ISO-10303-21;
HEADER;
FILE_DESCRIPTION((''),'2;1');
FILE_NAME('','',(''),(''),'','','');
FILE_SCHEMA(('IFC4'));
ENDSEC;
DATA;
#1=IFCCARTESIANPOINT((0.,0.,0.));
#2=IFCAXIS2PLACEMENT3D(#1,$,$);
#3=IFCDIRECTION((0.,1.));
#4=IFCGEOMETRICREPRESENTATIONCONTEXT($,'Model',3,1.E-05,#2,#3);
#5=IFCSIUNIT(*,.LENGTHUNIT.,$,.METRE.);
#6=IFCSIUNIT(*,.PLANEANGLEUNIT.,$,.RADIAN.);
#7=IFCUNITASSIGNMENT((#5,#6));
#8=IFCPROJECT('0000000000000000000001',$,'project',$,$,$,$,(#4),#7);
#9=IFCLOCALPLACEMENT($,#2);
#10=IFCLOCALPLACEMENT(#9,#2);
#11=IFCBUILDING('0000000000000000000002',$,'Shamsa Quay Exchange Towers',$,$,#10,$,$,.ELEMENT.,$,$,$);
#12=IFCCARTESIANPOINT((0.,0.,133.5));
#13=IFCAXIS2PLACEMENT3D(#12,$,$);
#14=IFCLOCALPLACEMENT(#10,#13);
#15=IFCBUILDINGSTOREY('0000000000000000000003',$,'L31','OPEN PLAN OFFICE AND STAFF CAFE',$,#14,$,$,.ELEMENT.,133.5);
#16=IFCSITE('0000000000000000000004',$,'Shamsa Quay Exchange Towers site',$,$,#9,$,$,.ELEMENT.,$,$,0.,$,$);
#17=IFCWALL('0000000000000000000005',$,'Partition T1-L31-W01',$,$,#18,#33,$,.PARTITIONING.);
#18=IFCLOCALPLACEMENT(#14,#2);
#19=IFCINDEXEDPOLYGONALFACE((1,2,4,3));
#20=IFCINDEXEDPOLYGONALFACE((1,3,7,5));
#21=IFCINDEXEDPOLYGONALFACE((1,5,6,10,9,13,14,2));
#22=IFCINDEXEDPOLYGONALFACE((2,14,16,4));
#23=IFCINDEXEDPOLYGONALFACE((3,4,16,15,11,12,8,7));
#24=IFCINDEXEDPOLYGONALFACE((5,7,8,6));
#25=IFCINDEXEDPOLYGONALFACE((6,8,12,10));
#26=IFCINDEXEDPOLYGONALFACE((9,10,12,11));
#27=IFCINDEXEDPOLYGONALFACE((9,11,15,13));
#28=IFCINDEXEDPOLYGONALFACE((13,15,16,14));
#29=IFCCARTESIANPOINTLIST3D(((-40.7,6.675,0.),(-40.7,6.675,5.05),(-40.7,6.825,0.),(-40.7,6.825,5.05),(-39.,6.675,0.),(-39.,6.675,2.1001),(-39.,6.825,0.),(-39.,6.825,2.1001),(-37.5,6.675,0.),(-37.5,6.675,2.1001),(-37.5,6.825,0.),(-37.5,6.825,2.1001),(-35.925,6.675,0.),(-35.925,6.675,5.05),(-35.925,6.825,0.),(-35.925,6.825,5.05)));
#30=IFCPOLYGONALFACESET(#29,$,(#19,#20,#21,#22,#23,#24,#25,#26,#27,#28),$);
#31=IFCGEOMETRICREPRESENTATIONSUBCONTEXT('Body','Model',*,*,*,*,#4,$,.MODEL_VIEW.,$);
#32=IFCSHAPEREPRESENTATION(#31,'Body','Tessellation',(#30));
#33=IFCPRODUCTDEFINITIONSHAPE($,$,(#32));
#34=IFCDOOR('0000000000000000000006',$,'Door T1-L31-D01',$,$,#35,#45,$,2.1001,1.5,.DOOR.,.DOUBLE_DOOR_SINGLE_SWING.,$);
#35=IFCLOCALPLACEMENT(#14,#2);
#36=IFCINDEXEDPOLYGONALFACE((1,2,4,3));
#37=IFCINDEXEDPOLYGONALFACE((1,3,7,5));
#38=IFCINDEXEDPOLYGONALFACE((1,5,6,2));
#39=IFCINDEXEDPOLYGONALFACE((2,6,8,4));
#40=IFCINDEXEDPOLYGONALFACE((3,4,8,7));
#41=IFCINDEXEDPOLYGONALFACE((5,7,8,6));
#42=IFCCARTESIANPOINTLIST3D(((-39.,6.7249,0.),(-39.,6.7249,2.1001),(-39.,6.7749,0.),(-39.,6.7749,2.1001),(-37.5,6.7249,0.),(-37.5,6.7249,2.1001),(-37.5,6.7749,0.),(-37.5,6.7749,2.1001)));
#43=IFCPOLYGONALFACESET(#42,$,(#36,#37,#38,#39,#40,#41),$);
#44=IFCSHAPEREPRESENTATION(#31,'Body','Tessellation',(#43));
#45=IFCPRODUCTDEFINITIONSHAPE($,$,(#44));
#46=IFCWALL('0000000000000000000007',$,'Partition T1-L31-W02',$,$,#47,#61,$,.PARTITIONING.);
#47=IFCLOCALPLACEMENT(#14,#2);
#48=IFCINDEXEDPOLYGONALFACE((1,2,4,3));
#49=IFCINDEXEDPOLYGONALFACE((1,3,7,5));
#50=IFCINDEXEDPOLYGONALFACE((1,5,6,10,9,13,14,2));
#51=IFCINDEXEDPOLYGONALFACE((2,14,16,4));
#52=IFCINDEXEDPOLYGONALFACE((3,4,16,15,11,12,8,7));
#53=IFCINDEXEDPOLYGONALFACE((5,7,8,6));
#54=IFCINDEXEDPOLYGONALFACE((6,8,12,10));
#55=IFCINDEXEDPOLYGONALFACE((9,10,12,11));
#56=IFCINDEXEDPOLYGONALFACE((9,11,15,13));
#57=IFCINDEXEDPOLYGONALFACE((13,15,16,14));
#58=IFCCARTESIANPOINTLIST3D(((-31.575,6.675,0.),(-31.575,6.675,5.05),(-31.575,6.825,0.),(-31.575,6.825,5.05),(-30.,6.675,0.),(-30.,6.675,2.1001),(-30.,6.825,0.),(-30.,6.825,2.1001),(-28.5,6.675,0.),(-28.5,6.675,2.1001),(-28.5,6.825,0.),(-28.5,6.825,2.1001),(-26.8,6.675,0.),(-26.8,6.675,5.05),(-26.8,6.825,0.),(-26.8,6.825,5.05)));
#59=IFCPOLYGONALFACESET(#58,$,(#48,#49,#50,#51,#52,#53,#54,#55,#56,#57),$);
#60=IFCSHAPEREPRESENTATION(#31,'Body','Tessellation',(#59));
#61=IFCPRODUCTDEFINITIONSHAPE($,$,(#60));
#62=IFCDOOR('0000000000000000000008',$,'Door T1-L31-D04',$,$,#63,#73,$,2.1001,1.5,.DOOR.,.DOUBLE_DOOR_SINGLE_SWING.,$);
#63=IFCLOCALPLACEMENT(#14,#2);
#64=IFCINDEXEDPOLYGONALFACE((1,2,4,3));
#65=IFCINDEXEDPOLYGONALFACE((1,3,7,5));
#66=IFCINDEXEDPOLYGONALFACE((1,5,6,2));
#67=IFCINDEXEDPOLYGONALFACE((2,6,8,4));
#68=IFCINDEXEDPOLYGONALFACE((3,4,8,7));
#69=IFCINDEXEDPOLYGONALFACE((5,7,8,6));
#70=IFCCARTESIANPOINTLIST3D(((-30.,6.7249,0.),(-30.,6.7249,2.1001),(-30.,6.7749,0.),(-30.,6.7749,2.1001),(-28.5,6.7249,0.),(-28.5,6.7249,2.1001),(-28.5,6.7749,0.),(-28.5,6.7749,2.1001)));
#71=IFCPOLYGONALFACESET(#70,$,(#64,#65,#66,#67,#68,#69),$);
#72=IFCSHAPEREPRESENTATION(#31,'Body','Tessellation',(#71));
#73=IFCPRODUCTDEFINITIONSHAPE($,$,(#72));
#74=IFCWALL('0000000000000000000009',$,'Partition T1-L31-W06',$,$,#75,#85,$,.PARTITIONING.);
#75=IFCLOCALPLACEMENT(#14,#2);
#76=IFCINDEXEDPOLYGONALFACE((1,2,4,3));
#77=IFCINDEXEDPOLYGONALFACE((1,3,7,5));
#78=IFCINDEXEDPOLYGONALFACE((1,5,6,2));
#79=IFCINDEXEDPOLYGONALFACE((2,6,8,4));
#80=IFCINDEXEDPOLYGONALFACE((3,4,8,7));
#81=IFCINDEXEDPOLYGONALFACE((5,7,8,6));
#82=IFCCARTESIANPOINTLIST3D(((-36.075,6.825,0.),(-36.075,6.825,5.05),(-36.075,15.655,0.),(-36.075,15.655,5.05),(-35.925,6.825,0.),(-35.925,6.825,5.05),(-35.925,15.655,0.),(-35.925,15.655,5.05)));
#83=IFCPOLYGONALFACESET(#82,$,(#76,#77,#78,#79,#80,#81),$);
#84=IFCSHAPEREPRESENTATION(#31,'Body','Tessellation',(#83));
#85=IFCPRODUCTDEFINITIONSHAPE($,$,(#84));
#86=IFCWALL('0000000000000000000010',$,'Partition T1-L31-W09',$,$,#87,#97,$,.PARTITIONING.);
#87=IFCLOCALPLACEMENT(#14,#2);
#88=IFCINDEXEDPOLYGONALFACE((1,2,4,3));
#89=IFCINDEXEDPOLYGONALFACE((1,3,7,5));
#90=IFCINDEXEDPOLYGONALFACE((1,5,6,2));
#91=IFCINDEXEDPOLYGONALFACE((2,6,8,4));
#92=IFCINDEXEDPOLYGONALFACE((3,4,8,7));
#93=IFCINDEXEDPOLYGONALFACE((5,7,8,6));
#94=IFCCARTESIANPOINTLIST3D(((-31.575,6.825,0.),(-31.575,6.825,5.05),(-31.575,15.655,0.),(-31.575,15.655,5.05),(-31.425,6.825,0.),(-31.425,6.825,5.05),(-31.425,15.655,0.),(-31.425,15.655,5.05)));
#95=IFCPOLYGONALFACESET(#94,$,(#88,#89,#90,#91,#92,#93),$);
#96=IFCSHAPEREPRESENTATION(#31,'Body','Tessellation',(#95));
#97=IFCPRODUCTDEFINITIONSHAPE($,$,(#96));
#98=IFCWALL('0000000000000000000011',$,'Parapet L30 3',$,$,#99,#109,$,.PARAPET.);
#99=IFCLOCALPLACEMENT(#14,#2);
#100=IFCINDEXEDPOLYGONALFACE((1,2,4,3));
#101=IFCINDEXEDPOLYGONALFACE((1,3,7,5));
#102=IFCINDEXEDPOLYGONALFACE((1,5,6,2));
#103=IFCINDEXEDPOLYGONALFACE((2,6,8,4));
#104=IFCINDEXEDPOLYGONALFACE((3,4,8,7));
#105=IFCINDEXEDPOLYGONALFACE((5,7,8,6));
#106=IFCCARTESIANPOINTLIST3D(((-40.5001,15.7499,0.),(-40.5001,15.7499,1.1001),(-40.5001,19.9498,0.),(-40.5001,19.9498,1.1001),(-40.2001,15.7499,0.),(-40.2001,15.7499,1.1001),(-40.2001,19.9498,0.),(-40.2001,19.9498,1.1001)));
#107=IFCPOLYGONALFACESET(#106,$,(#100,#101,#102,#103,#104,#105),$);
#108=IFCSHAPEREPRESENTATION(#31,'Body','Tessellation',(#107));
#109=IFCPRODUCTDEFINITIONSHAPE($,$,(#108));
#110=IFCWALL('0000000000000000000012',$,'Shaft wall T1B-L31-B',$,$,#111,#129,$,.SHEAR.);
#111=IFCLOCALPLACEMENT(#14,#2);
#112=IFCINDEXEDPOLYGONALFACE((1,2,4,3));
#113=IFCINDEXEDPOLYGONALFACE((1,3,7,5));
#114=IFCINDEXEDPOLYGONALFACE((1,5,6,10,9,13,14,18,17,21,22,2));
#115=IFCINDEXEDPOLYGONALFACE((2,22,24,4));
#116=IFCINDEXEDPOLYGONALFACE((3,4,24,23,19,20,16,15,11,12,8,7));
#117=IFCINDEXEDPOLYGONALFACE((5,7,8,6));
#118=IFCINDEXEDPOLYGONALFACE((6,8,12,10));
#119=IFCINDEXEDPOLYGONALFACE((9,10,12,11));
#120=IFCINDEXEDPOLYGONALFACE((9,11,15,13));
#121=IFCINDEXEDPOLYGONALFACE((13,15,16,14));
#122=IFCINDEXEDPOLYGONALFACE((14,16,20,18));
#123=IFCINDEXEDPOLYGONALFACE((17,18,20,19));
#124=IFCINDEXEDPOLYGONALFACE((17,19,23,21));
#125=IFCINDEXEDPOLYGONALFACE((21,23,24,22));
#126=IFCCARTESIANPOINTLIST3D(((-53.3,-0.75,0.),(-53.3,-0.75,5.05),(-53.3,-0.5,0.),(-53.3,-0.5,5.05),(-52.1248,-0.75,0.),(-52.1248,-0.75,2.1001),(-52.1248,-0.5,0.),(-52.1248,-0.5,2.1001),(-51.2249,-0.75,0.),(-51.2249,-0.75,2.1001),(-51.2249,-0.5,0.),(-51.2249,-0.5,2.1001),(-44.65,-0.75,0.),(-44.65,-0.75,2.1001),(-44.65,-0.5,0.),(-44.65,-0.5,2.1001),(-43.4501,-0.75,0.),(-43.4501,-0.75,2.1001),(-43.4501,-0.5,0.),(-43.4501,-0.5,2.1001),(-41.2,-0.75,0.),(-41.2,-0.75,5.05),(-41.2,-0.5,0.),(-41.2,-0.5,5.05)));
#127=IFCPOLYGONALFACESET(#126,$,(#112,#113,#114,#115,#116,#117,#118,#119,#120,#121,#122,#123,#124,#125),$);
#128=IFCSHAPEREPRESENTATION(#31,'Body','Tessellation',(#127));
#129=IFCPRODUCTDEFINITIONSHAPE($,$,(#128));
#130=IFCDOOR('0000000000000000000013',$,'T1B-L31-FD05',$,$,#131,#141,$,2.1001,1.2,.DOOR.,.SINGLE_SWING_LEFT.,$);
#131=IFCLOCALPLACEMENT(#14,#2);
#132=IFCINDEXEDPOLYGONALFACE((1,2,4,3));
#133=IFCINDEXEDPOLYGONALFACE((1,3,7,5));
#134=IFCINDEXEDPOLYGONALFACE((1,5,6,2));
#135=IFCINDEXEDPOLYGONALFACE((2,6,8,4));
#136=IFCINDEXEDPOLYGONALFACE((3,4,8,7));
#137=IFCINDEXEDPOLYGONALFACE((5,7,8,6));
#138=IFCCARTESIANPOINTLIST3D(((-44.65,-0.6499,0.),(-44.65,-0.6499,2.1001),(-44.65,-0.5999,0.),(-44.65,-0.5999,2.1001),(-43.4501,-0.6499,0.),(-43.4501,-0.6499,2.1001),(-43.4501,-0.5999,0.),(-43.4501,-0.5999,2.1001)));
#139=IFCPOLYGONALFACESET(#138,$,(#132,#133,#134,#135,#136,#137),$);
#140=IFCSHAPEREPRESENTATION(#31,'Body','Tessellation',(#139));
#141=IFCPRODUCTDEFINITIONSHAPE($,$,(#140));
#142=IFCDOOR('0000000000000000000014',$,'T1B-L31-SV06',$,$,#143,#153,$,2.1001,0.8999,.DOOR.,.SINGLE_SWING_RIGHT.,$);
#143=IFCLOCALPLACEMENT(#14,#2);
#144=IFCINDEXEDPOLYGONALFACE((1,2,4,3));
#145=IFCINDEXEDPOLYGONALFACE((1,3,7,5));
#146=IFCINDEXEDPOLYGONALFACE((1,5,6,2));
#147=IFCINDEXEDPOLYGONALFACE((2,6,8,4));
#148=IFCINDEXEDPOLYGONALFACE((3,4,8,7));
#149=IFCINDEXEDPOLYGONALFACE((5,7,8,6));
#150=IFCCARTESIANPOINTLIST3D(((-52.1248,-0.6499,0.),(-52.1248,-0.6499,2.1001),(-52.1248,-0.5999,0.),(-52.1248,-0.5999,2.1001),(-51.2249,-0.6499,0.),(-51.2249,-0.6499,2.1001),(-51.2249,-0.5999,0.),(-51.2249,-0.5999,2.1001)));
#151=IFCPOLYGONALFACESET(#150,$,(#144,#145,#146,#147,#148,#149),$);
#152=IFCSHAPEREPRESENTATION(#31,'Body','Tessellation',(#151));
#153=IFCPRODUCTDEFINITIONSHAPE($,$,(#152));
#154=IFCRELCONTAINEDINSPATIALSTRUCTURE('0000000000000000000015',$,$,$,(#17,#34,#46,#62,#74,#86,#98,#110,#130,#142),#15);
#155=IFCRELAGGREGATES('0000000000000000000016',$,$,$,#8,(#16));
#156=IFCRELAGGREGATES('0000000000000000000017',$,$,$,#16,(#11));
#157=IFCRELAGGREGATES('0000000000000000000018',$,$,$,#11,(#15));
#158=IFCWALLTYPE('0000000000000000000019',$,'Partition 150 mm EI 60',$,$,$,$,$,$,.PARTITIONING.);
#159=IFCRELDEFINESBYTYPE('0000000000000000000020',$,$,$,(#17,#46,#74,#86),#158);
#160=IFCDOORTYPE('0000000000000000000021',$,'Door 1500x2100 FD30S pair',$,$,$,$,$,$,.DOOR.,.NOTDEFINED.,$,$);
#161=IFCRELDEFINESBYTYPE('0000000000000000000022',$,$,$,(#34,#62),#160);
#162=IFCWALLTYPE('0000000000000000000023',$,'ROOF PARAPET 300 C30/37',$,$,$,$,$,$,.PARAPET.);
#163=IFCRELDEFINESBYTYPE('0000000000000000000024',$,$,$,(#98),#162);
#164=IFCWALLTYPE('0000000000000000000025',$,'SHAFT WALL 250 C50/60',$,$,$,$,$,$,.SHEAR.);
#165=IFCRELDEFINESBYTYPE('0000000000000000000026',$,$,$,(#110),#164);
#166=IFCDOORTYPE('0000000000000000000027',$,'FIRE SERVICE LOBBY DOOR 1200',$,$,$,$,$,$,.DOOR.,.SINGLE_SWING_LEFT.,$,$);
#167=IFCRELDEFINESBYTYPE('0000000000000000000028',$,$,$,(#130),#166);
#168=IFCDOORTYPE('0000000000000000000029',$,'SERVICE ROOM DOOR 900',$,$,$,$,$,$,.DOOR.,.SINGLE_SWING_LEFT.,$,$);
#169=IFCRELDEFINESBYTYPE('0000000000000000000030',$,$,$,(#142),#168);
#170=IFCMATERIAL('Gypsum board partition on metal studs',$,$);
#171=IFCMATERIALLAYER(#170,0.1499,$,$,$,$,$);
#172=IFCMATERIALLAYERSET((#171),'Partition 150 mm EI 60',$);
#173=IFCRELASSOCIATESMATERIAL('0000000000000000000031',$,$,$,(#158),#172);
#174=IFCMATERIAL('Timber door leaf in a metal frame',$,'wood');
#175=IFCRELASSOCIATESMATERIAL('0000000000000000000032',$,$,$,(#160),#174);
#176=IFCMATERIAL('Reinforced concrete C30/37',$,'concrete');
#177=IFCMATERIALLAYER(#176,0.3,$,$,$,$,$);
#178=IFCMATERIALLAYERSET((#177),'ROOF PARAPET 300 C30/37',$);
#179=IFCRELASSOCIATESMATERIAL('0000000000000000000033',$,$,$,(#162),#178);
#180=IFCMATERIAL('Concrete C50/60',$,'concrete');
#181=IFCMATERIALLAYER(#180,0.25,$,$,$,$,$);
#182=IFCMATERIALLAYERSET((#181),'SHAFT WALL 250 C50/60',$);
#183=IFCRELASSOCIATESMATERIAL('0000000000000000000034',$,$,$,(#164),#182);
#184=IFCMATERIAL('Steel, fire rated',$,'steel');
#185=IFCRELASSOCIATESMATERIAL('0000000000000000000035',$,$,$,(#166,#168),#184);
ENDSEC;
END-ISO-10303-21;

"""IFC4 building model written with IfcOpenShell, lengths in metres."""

from ifc_helpers import new_model, si_unit, direction, frame, frame_2d, origin, place, context, subcontext, project, spatial, rectangle, extrude, material, layer, layer_set, type_object, element, fill, save


model = new_model("IFC4")

# Units and contexts
model_context = context("Model", 3, precision=1e-05, world=origin(), true_north=direction((0.0, 1.0)))
body_context = subcontext(model_context, "Body", "Model", "MODEL_VIEW")
ifc_project = project(units=[si_unit("LENGTHUNIT", "METRE"), si_unit("PLANEANGLEUNIT", "RADIAN")], contexts=[model_context])

# Site, building, storey
site_placement = place(None, origin())
site = spatial("IfcSite", under=ifc_project, at=site_placement, Name="Shamsa Quay Exchange Towers site", CompositionType="ELEMENT", RefElevation=0.0)
building_placement = place(site_placement, origin())
building = spatial("IfcBuilding", under=site, at=building_placement, Name="Shamsa Quay Exchange Towers", CompositionType="ELEMENT")
storey_placement = place(building_placement, frame((0.0, 0.0, 133.5)))
storey = spatial("IfcBuildingStorey", under=building, at=storey_placement, Name="L31", Description="OPEN PLAN OFFICE AND STAFF CAFE", CompositionType="ELEMENT", Elevation=133.5)

# Shared definitions
ifc_material_1 = material(Name="Gypsum board partition on metal studs")
ifc_material_2 = material(Name="Timber door leaf in a metal frame", Category="wood")

# Walls, openings, doors
ifc_layer_1 = layer(ifc_material_1, 0.1499)
ifc_layer_set_1 = layer_set([ifc_layer_1], Name="Partition 150 mm EI 60")
wall_type_1 = type_object("IfcWallType", Name="Partition 150 mm EI 60", PredefinedType="PARTITIONING", material=ifc_layer_set_1)
wall_1_placement = place(storey_placement, frame((-40.7, 6.75, 0.0)))
wall_1 = element("IfcWall", 1, at=wall_1_placement, inside=storey, type_object=wall_type_1, Name="Partition T1-L31-W01", PredefinedType="PARTITIONING", context=body_context, shape_type="SweptSolid", body=[
    extrude(rectangle(XDim=4.7749, YDim=0.1499, at=frame_2d((2.3875, 0.0))), origin(), (0.0, 0.0, 1.0), 5.05),
])
opening_1_placement = place(wall_1_placement, frame((1.7, 0.0, 0.0)))
opening_1 = element("IfcOpeningElement", 2, at=opening_1_placement, cuts=wall_1, PredefinedType="OPENING", context=body_context, shape_type="SweptSolid", body=[
    extrude(rectangle(XDim=1.5, YDim=2.1001, at=frame_2d((0.75, 1.05))), frame((0.0, 0.085, 0.0), z_axis=(0.0, -1.0, 0.0), x_axis=(1.0, 0.0, 0.0)), (0.0, 0.0, 1.0), 0.1699),
])
door_type_1 = type_object("IfcDoorType", Name="Door 1500x2100 FD30S pair", OperationType="NOTDEFINED", PredefinedType="DOOR", material=ifc_material_2)
door_1_placement = place(opening_1_placement, origin())
door_1 = element("IfcDoor", 3, at=door_1_placement, inside=storey, type_object=door_type_1, Name="Door T1-L31-D01", OperationType="DOUBLE_DOOR_SINGLE_SWING", OverallHeight=2.1001, OverallWidth=1.5, PredefinedType="DOOR", context=body_context, shape_type="SweptSolid", body=[
    extrude(rectangle(XDim=1.5, YDim=2.1001, at=frame_2d((0.75, 1.05))), frame((0.0, 0.0249, 0.0), z_axis=(0.0, -1.0, 0.0), x_axis=(1.0, 0.0, 0.0)), (0.0, 0.0, 1.0), 0.05),
])
fill(opening_1, door_1)
wall_2_placement = place(storey_placement, frame((-31.575, 6.75, 0.0)))
wall_2 = element("IfcWall", 4, at=wall_2_placement, inside=storey, type_object=wall_type_1, Name="Partition T1-L31-W02", PredefinedType="PARTITIONING", context=body_context, shape_type="SweptSolid", body=[
    extrude(rectangle(XDim=4.7749, YDim=0.1499, at=frame_2d((2.3875, 0.0))), origin(), (0.0, 0.0, 1.0), 5.05),
])
opening_2_placement = place(wall_2_placement, frame((1.575, 0.0, 0.0)))
opening_2 = element("IfcOpeningElement", 5, at=opening_2_placement, cuts=wall_2, PredefinedType="OPENING", context=body_context, shape_type="SweptSolid", body=[
    extrude(rectangle(XDim=1.5, YDim=2.1001, at=frame_2d((0.75, 1.05))), frame((0.0, 0.085, 0.0), z_axis=(0.0, -1.0, 0.0), x_axis=(1.0, 0.0, 0.0)), (0.0, 0.0, 1.0), 0.1699),
])
door_2_placement = place(opening_2_placement, origin())
door_2 = element("IfcDoor", 6, at=door_2_placement, inside=storey, type_object=door_type_1, Name="Door T1-L31-D04", OperationType="DOUBLE_DOOR_SINGLE_SWING", OverallHeight=2.1001, OverallWidth=1.5, PredefinedType="DOOR", context=body_context, shape_type="SweptSolid", body=[
    extrude(rectangle(XDim=1.5, YDim=2.1001, at=frame_2d((0.75, 1.05))), frame((0.0, 0.0249, 0.0), z_axis=(0.0, -1.0, 0.0), x_axis=(1.0, 0.0, 0.0)), (0.0, 0.0, 1.0), 0.05),
])
fill(opening_2, door_2)

# Walls
for number, where, z_axis, x_axis, name in (
    (7, (-36.0, 6.825, 0.0), (0.0, 0.0, 1.0), (0.0, 1.0, 0.0), "Partition T1-L31-W06"),
    (8, (-31.5, 6.825, 0.0), (0.0, 0.0, 1.0), (0.0, 1.0, 0.0), "Partition T1-L31-W09"),
):
    element("IfcWall", number, at=place(storey_placement, frame(where, z_axis=z_axis, x_axis=x_axis)), inside=storey, type_object=wall_type_1, Name=name, PredefinedType="PARTITIONING", context=body_context, shape_type="SweptSolid", body=[
        extrude(rectangle(XDim=8.8301, YDim=0.1499, at=frame_2d((4.415, 0.0))), origin(), (0.0, 0.0, 1.0), 5.05),
    ])
ifc_material_3 = material(Name="Reinforced concrete C30/37", Category="concrete")
ifc_layer_2 = layer(ifc_material_3, 0.3)
ifc_layer_set_2 = layer_set([ifc_layer_2], Name="ROOF PARAPET 300 C30/37")
wall_type_2 = type_object("IfcWallType", Name="ROOF PARAPET 300 C30/37", PredefinedType="PARAPET", material=ifc_layer_set_2)
wall_3_placement = place(storey_placement, frame((-40.3501, 19.95, 0.0), z_axis=(0.0, 0.0, 1.0), x_axis=(0.0, -1.0, 0.0)))
element("IfcWall", 9, at=wall_3_placement, inside=storey, type_object=wall_type_2, Name="Parapet L30 3", PredefinedType="PARAPET", context=body_context, shape_type="SweptSolid", body=[
    extrude(rectangle(XDim=4.2, YDim=0.3, at=frame_2d((2.1001, 0.0))), origin(), (0.0, 0.0, 1.0), 1.1001),
])

# Wall, openings, doors
ifc_material_4 = material(Name="Concrete C50/60", Category="concrete")
ifc_layer_3 = layer(ifc_material_4, 0.25)
ifc_layer_set_3 = layer_set([ifc_layer_3], Name="SHAFT WALL 250 C50/60")
wall_type_3 = type_object("IfcWallType", Name="SHAFT WALL 250 C50/60", PredefinedType="SHEAR", material=ifc_layer_set_3)
wall_4_placement = place(storey_placement, frame((-41.2, -0.625, 0.0), z_axis=(0.0, 0.0, 1.0), x_axis=(-1.0, 0.0, 0.0)))
wall_4 = element("IfcWall", 10, at=wall_4_placement, inside=storey, type_object=wall_type_3, Name="Shaft wall T1B-L31-B", PredefinedType="SHEAR", context=body_context, shape_type="SweptSolid", body=[
    extrude(rectangle(XDim=12.1001, YDim=0.25, at=frame_2d((6.05, 0.0))), origin(), (0.0, 0.0, 1.0), 5.05),
])
opening_3_placement = place(wall_4_placement, frame((2.25, 0.0, 0.0)))
opening_3 = element("IfcOpeningElement", 11, at=opening_3_placement, cuts=wall_4, PredefinedType="OPENING", context=body_context, shape_type="SweptSolid", body=[
    extrude(rectangle(XDim=1.2, YDim=2.1001, at=frame_2d((0.6001, 1.05))), frame((0.0, 0.135, 0.0), z_axis=(0.0, -1.0, 0.0), x_axis=(1.0, 0.0, 0.0)), (0.0, 0.0, 1.0), 0.27),
])
opening_4_placement = place(wall_4_placement, frame((10.0249, 0.0, 0.0)))
opening_4 = element("IfcOpeningElement", 12, at=opening_4_placement, cuts=wall_4, PredefinedType="OPENING", context=body_context, shape_type="SweptSolid", body=[
    extrude(rectangle(XDim=0.8999, YDim=2.1001, at=frame_2d((0.45, 1.05))), frame((0.0, 0.135, 0.0), z_axis=(0.0, -1.0, 0.0), x_axis=(1.0, 0.0, 0.0)), (0.0, 0.0, 1.0), 0.27),
])
ifc_material_5 = material(Name="Steel, fire rated", Category="steel")
door_type_2 = type_object("IfcDoorType", Name="FIRE SERVICE LOBBY DOOR 1200", OperationType="SINGLE_SWING_LEFT", PredefinedType="DOOR", material=ifc_material_5)
door_3_placement = place(opening_3_placement, origin())
door_3 = element("IfcDoor", 13, at=door_3_placement, inside=storey, type_object=door_type_2, Name="T1B-L31-FD05", OperationType="SINGLE_SWING_LEFT", OverallHeight=2.1001, OverallWidth=1.2, PredefinedType="DOOR", context=body_context, shape_type="SweptSolid", body=[
    extrude(rectangle(XDim=1.2, YDim=2.1001, at=frame_2d((0.6001, 1.05))), frame((0.0, 0.0249, 0.0), z_axis=(0.0, -1.0, 0.0), x_axis=(1.0, 0.0, 0.0)), (0.0, 0.0, 1.0), 0.05),
])
fill(opening_3, door_3)
door_type_3 = type_object("IfcDoorType", Name="SERVICE ROOM DOOR 900", OperationType="SINGLE_SWING_LEFT", PredefinedType="DOOR", material=ifc_material_5)
door_4_placement = place(opening_4_placement, origin())
door_4 = element("IfcDoor", 14, at=door_4_placement, inside=storey, type_object=door_type_3, Name="T1B-L31-SV06", OperationType="SINGLE_SWING_RIGHT", OverallHeight=2.1001, OverallWidth=0.8999, PredefinedType="DOOR", context=body_context, shape_type="SweptSolid", body=[
    extrude(rectangle(XDim=0.8999, YDim=2.1001, at=frame_2d((0.45, 1.05))), frame((0.0, 0.0249, 0.0), z_axis=(0.0, -1.0, 0.0), x_axis=(1.0, 0.0, 0.0)), (0.0, 0.0, 1.0), 0.05),
])
fill(opening_4, door_4)

save(model, "model.ifc")
